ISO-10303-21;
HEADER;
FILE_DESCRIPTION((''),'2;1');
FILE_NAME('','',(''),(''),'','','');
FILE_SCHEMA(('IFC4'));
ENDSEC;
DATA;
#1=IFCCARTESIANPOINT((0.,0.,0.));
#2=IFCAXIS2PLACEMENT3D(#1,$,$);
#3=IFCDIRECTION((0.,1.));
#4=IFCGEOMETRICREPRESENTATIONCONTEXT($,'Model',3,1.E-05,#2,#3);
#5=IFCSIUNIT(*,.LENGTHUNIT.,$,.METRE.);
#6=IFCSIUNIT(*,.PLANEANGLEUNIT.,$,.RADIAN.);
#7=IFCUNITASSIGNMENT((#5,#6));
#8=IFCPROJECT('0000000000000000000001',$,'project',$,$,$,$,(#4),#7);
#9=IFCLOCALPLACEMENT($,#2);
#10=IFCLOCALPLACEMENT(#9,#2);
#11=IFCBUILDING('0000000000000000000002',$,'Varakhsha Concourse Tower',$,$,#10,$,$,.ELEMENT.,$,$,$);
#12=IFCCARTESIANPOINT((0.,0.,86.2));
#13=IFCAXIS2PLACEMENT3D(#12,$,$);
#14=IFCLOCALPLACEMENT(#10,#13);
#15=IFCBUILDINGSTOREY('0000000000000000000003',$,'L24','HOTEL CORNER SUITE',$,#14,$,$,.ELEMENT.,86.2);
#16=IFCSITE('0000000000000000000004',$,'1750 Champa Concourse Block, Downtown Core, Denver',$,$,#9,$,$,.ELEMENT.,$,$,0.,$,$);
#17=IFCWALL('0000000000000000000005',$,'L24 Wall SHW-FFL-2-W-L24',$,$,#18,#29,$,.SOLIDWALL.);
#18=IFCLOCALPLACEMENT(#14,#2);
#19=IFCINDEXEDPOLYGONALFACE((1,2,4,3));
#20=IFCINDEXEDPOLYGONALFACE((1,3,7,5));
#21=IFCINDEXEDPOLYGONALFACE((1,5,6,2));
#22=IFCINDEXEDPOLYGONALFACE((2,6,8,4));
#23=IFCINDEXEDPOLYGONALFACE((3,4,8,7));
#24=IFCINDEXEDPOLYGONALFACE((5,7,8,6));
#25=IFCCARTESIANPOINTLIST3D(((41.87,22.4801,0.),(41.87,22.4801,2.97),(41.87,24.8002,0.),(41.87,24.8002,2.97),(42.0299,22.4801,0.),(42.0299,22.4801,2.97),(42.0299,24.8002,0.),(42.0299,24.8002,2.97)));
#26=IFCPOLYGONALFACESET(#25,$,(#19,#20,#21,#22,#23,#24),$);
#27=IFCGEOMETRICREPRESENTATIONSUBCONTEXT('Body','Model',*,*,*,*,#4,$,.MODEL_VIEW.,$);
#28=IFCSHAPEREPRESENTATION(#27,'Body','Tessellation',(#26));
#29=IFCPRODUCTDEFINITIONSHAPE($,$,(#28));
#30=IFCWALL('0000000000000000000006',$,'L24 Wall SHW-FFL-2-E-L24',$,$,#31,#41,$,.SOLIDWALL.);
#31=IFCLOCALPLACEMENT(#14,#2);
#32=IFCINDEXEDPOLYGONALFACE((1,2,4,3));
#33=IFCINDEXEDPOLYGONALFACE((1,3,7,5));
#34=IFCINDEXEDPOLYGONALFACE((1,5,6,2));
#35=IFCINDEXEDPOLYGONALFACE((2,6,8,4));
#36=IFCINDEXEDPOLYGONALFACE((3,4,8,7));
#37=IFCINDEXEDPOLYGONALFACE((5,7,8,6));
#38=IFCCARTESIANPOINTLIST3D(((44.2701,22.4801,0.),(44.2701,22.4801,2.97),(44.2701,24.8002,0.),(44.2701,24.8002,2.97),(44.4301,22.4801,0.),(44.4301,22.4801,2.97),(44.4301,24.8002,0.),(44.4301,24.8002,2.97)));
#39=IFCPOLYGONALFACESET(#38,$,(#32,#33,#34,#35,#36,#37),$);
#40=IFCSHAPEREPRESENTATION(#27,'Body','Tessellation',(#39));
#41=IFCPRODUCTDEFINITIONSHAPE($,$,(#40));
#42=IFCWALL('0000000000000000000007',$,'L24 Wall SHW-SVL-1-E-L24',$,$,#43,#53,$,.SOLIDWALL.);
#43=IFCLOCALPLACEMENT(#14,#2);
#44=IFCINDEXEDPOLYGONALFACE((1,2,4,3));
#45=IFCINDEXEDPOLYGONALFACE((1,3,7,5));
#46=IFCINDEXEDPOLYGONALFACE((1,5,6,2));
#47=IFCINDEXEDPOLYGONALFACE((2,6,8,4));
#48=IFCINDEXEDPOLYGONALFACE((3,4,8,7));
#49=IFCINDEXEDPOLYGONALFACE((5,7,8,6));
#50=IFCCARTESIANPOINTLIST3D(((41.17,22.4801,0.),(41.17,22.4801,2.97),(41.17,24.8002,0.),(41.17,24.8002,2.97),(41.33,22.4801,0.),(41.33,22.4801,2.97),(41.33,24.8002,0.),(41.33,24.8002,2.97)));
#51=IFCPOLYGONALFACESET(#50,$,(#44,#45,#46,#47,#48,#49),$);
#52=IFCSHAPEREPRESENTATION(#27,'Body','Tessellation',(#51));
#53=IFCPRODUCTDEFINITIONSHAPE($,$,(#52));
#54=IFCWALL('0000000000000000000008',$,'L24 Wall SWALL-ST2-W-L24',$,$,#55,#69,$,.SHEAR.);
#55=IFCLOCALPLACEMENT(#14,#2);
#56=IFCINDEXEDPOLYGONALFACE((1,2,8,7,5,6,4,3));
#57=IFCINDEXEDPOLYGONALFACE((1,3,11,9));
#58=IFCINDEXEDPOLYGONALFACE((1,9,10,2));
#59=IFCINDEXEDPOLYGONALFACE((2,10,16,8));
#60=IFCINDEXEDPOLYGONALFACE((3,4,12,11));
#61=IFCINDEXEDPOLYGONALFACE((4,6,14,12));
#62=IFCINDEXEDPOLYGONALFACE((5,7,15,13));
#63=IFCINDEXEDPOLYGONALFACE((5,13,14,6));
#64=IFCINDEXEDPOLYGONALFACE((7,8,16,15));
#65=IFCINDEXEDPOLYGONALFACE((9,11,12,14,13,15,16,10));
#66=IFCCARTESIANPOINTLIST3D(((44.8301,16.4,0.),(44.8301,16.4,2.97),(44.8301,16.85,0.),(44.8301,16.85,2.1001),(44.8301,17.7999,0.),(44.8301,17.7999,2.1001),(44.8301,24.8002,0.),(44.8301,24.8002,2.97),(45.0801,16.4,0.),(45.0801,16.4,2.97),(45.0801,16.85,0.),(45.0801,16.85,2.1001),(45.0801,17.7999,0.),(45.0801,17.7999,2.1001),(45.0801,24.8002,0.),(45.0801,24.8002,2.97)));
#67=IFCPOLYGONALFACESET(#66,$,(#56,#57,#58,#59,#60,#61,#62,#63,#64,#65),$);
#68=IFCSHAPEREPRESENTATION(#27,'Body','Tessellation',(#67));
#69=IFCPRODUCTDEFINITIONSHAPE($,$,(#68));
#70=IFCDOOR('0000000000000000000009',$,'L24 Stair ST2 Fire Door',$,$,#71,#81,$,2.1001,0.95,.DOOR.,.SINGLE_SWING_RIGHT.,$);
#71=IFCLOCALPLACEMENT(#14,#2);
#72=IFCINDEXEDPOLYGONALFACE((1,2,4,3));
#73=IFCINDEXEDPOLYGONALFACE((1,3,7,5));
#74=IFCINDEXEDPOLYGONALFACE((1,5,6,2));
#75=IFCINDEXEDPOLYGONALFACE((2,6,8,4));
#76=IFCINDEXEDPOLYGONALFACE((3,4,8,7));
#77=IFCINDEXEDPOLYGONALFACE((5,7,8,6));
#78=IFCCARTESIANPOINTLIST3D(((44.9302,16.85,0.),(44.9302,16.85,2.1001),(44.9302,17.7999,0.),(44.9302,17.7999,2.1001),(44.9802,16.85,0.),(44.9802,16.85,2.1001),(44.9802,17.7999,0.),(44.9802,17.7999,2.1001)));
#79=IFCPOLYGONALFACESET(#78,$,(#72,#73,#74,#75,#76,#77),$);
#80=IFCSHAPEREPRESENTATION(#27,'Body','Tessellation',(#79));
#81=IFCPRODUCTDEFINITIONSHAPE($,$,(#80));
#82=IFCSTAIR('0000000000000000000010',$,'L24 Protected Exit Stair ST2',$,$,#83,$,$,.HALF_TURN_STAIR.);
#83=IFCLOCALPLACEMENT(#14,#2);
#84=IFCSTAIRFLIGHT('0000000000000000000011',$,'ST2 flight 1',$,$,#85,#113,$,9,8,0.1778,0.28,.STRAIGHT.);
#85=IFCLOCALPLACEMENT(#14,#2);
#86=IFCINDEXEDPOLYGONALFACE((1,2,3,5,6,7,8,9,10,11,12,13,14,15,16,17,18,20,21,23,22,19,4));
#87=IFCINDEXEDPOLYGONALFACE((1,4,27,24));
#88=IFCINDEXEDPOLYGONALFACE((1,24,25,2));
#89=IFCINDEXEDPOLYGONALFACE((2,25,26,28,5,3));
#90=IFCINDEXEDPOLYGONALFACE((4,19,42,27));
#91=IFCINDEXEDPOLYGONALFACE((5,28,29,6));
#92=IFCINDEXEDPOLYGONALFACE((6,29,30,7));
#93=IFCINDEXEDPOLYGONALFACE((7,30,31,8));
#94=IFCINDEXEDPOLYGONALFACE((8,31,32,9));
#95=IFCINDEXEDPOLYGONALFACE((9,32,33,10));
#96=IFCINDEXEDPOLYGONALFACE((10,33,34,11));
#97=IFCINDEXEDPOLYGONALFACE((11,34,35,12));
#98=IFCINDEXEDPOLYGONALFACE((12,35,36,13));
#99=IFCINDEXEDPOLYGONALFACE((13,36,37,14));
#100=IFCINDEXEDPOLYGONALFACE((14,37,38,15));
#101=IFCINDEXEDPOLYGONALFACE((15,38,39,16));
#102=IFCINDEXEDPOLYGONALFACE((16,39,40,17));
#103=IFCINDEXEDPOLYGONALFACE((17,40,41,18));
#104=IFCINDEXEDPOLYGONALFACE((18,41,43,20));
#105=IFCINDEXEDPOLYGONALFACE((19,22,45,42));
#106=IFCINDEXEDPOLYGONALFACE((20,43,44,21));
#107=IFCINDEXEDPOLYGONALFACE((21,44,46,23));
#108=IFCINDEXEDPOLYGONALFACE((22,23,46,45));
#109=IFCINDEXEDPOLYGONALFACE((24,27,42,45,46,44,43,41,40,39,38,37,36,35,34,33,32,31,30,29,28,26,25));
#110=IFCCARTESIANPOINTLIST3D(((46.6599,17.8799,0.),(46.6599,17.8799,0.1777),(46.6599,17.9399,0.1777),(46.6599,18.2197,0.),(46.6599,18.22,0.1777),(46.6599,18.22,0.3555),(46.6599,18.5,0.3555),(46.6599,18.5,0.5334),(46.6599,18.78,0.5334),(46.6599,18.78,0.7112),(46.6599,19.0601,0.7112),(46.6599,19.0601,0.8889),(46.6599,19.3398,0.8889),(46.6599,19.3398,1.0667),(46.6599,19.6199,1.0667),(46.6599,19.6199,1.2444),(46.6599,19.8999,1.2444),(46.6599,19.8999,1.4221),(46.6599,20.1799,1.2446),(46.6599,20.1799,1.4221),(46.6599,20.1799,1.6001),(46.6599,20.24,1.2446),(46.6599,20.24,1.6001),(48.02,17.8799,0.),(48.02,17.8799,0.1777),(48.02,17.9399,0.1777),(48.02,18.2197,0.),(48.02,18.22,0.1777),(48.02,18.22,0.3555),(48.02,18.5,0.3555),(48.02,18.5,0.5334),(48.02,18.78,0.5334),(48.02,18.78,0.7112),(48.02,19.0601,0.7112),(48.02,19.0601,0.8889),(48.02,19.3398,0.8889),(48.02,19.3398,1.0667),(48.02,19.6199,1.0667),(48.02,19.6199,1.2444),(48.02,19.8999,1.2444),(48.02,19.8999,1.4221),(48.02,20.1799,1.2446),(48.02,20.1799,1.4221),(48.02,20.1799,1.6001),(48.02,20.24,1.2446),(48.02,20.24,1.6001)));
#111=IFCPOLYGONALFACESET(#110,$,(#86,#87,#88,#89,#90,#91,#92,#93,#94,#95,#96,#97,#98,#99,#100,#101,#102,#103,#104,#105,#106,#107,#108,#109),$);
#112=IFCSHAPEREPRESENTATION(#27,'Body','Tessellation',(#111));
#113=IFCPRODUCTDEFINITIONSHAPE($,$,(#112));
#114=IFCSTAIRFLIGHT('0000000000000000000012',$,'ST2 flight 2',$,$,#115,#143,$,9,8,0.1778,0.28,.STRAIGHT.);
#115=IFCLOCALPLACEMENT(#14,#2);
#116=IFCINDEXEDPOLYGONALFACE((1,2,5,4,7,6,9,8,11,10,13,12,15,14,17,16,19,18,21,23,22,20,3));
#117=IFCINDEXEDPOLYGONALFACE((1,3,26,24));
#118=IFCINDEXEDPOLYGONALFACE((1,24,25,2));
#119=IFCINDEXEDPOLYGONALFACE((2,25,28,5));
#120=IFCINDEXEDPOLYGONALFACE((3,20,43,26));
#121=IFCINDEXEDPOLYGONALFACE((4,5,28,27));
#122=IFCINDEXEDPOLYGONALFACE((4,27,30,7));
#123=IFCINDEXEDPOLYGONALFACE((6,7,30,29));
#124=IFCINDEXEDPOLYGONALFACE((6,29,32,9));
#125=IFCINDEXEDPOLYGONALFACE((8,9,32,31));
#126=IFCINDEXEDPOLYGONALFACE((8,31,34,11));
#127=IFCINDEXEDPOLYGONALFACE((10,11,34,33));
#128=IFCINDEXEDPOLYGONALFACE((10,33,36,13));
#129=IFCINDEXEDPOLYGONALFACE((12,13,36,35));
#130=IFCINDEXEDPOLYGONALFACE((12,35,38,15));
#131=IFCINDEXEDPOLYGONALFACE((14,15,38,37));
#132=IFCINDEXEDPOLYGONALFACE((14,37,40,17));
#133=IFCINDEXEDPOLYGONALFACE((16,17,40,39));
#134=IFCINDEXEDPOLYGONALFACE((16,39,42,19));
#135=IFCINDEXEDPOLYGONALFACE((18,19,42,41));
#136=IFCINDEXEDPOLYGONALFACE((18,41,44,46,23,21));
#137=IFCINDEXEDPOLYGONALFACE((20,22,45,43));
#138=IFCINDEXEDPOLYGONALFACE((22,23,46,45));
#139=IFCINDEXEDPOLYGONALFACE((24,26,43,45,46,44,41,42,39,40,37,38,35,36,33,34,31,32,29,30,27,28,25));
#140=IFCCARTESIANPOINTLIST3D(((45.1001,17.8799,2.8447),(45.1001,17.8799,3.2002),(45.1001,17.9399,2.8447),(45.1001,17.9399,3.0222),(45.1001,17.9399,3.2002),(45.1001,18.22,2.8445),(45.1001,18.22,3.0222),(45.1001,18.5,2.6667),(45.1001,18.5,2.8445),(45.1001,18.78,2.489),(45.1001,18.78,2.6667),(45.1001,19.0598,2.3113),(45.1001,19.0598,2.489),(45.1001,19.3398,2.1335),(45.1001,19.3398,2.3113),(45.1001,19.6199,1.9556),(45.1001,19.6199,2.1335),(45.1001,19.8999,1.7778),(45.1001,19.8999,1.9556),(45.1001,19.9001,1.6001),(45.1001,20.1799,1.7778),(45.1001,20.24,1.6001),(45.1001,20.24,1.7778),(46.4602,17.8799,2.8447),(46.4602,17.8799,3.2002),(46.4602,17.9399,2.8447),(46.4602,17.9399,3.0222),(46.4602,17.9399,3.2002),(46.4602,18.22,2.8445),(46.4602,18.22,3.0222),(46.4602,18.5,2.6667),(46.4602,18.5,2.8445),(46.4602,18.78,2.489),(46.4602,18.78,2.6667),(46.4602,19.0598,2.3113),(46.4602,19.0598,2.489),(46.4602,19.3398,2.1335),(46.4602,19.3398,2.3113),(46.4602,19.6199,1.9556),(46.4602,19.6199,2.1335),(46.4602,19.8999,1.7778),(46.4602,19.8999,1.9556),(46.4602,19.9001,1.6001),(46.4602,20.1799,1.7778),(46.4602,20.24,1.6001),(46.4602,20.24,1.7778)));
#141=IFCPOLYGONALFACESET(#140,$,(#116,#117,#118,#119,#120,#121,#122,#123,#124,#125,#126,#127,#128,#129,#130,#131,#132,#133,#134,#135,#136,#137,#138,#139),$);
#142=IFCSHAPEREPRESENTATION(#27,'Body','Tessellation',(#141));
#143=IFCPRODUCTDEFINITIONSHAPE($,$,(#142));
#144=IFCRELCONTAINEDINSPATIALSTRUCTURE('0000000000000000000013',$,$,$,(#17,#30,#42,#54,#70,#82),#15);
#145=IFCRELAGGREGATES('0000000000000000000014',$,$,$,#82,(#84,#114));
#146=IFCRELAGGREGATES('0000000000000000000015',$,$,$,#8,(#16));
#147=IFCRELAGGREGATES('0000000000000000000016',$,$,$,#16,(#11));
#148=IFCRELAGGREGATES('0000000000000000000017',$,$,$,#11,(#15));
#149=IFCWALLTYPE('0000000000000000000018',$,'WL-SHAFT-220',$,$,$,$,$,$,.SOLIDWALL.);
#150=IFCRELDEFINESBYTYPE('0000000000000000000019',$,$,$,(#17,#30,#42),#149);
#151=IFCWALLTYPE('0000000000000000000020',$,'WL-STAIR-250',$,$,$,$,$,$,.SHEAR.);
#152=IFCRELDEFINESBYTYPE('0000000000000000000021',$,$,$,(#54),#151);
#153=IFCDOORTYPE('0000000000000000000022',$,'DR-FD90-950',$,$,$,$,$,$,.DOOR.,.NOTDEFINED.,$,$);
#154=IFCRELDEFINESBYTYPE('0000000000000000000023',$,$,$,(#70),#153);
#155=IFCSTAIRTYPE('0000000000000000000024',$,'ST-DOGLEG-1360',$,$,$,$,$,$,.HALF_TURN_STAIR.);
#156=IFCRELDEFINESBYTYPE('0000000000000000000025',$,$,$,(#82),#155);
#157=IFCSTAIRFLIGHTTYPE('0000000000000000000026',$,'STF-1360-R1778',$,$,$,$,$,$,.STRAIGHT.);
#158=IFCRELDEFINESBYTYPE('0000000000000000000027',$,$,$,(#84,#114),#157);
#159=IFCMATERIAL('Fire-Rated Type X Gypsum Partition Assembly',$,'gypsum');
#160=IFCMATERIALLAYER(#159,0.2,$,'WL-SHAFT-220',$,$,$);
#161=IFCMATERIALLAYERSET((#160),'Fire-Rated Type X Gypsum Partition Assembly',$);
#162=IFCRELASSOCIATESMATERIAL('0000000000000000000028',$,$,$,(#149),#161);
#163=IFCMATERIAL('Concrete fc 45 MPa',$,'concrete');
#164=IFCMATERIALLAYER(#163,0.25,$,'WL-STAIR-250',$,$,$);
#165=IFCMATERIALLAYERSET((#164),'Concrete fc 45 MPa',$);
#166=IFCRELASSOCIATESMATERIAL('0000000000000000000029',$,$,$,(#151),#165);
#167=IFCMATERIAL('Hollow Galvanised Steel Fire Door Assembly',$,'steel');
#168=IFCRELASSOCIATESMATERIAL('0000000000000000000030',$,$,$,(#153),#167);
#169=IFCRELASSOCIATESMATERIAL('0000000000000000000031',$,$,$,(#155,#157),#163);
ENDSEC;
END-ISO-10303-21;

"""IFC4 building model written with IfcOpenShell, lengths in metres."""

from ifc_helpers import new_model, si_unit, direction, frame, frame_2d, origin, place, context, subcontext, project, spatial, polyline, rectangle, outline, extrude, material, layer, layer_set, type_object, element, fill, aggregate, save


model = new_model("IFC4")

# Units and contexts
model_context = context("Model", 3, precision=1e-05, world=origin(), true_north=direction((0.0, 1.0)))
body_context = subcontext(model_context, "Body", "Model", "MODEL_VIEW")
ifc_project = project(units=[si_unit("LENGTHUNIT", "METRE"), si_unit("PLANEANGLEUNIT", "RADIAN")], contexts=[model_context])

# Site, building, storey
site_placement = place(None, origin())
site = spatial("IfcSite", under=ifc_project, at=site_placement, Name="1750 Champa Concourse Block, Downtown Core, Denver", CompositionType="ELEMENT", RefElevation=0.0)
building_placement = place(site_placement, origin())
building = spatial("IfcBuilding", under=site, at=building_placement, Name="Varakhsha Concourse Tower", CompositionType="ELEMENT")
storey_placement = place(building_placement, frame((0.0, 0.0, 86.2)))
storey = spatial("IfcBuildingStorey", under=building, at=storey_placement, Name="L24", Description="HOTEL CORNER SUITE", CompositionType="ELEMENT", Elevation=86.2)

# Walls
ifc_material_1 = material(Name="Fire-Rated Type X Gypsum Partition Assembly", Category="gypsum")
ifc_layer_1 = layer(ifc_material_1, 0.2, Name="WL-SHAFT-220")
ifc_layer_set_1 = layer_set([ifc_layer_1], Name="Fire-Rated Type X Gypsum Partition Assembly")
wall_type_1 = type_object("IfcWallType", Name="WL-SHAFT-220", PredefinedType="SOLIDWALL", material=ifc_layer_set_1)
for number, where, z_axis, x_axis, name in (
    (1, (41.95, 22.48, 0.0), (0.0, 0.0, 1.0), (0.0, 1.0, 0.0), "L24 Wall SHW-FFL-2-W-L24"),
    (2, (44.3501, 22.48, 0.0), (0.0, 0.0, 1.0), (0.0, 1.0, 0.0), "L24 Wall SHW-FFL-2-E-L24"),
    (3, (41.25, 22.48, 0.0), (0.0, 0.0, 1.0), (0.0, 1.0, 0.0), "L24 Wall SHW-SVL-1-E-L24"),
):
    element("IfcWall", number, at=place(storey_placement, frame(where, z_axis=z_axis, x_axis=x_axis)), inside=storey, type_object=wall_type_1, Name=name, PredefinedType="SOLIDWALL", context=body_context, shape_type="SweptSolid", body=[
        extrude(rectangle(XDim=2.3201, YDim=0.1599, at=frame_2d((1.1602, 0.0))), origin(), (0.0, 0.0, 1.0), 2.97),
    ])

# Wall, opening, door
ifc_material_2 = material(Name="Concrete fc 45 MPa", Category="concrete")
ifc_layer_2 = layer(ifc_material_2, 0.25, Name="WL-STAIR-250")
ifc_layer_set_2 = layer_set([ifc_layer_2], Name="Concrete fc 45 MPa")
wall_type_2 = type_object("IfcWallType", Name="WL-STAIR-250", PredefinedType="SHEAR", material=ifc_layer_set_2)
wall_1_placement = place(storey_placement, frame((44.9551, 16.3999, 0.0), z_axis=(0.0, 0.0, 1.0), x_axis=(0.0, 1.0, 0.0)))
wall_1 = element("IfcWall", 4, at=wall_1_placement, inside=storey, type_object=wall_type_2, Name="L24 Wall SWALL-ST2-W-L24", PredefinedType="SHEAR", context=body_context, shape_type="SweptSolid", body=[
    extrude(rectangle(XDim=8.4001, YDim=0.25, at=frame_2d((4.2002, 0.0))), origin(), (0.0, 0.0, 1.0), 2.97),
])
opening_1_placement = place(wall_1_placement, frame((0.45, 0.0, 0.0)))
opening_1 = element("IfcOpeningElement", 5, at=opening_1_placement, cuts=wall_1, PredefinedType="OPENING", context=body_context, shape_type="SweptSolid", body=[
    extrude(rectangle(XDim=0.95, YDim=2.1001, at=frame_2d((0.4751, 1.05))), frame((0.0, 0.135, 0.0), z_axis=(0.0, -1.0, 0.0), x_axis=(1.0, 0.0, 0.0)), (0.0, 0.0, 1.0), 0.27),
])
ifc_material_3 = material(Name="Hollow Galvanised Steel Fire Door Assembly", Category="steel")
door_type_1 = type_object("IfcDoorType", Name="DR-FD90-950", OperationType="NOTDEFINED", PredefinedType="DOOR", material=ifc_material_3)
door_1_placement = place(opening_1_placement, origin())
door_1 = element("IfcDoor", 6, at=door_1_placement, inside=storey, type_object=door_type_1, Name="L24 Stair ST2 Fire Door", OperationType="SINGLE_SWING_RIGHT", OverallHeight=2.1001, OverallWidth=0.95, PredefinedType="DOOR", context=body_context, shape_type="SweptSolid", body=[
    extrude(rectangle(XDim=0.95, YDim=2.1001, at=frame_2d((0.4751, 1.05))), frame((0.0, 0.0249, 0.0), z_axis=(0.0, -1.0, 0.0), x_axis=(1.0, 0.0, 0.0)), (0.0, 0.0, 1.0), 0.05),
])
fill(opening_1, door_1)

# Stair, stair flights
stair_type = type_object("IfcStairType", Name="ST-DOGLEG-1360", PredefinedType="HALF_TURN_STAIR", material=ifc_material_2)
stair_placement = place(storey_placement, origin())
stair = element("IfcStair", 7, at=stair_placement, inside=storey, type_object=stair_type, Name="L24 Protected Exit Stair ST2", PredefinedType="HALF_TURN_STAIR")
stair_flight_type = type_object("IfcStairFlightType", Name="STF-1360-R1778", PredefinedType="STRAIGHT", material=ifc_material_2)
stair_flight_1_placement = place(storey_placement, frame((47.3401, 17.9399, 0.0), z_axis=(0.0, 0.0, 1.0), x_axis=(0.0, 1.0, 0.0)))
stair_flight_1 = element("IfcStairFlight", 8, at=stair_flight_1_placement, type_object=stair_flight_type, Name="ST2 flight 1", NumberOfRisers=9, NumberOfTreads=8, PredefinedType="STRAIGHT", RiserHeight=0.1778, TreadLength=0.28, context=body_context, shape_type="SweptSolid", body=[
    extrude(outline(polyline([(-0.0601, 0.0), (-0.0601, 0.1777), (0.0, 0.1777), (0.28, 0.1777), (0.28, 0.3555), (0.5601, 0.3555), (0.5601, 0.5334), (0.8401, 0.5334), (0.8401, 0.7112), (1.1201, 0.7112), (1.1201, 0.8889), (1.3999, 0.8889), (1.3999, 1.0667), (1.6799, 1.0667), (1.6799, 1.2444), (1.96, 1.2444), (1.96, 1.4221), (2.24, 1.4221), (2.24, 1.6001), (2.3, 1.6001), (2.3, 1.2446), (2.24, 1.2446), (0.2798, 0.0), (-0.0601, 0.0)])), frame((0.0, 0.6802, 0.0), z_axis=(0.0, -1.0, 0.0), x_axis=(1.0, 0.0, 0.0)), (0.0, 0.0, 1.0), 1.3601),
])
stair_flight_2_placement = place(storey_placement, frame((45.78, 20.1799, 1.6001), z_axis=(0.0, 0.0, 1.0), x_axis=(0.0, -1.0, 0.0)))
stair_flight_2 = element("IfcStairFlight", 9, at=stair_flight_2_placement, type_object=stair_flight_type, Name="ST2 flight 2", NumberOfRisers=9, NumberOfTreads=8, PredefinedType="STRAIGHT", RiserHeight=0.1778, TreadLength=0.28, context=body_context, shape_type="SweptSolid", body=[
    extrude(outline(polyline([(-0.0601, 0.0), (-0.0601, 0.1777), (0.0, 0.1777), (0.28, 0.1777), (0.28, 0.3555), (0.5601, 0.3555), (0.5601, 0.5334), (0.8401, 0.5334), (0.8401, 0.7112), (1.1201, 0.7112), (1.1201, 0.8889), (1.3999, 0.8889), (1.3999, 1.0667), (1.6799, 1.0667), (1.6799, 1.2444), (1.96, 1.2444), (1.96, 1.4221), (2.24, 1.4221), (2.24, 1.6001), (2.3, 1.6001), (2.3, 1.2446), (2.24, 1.2446), (0.2798, 0.0), (-0.0601, 0.0)])), frame((0.0, 0.6802, 0.0), z_axis=(0.0, -1.0, 0.0), x_axis=(1.0, 0.0, 0.0)), (0.0, 0.0, 1.0), 1.3601),
])
aggregate(stair, [stair_flight_1, stair_flight_2])

save(model, "model.ifc")
